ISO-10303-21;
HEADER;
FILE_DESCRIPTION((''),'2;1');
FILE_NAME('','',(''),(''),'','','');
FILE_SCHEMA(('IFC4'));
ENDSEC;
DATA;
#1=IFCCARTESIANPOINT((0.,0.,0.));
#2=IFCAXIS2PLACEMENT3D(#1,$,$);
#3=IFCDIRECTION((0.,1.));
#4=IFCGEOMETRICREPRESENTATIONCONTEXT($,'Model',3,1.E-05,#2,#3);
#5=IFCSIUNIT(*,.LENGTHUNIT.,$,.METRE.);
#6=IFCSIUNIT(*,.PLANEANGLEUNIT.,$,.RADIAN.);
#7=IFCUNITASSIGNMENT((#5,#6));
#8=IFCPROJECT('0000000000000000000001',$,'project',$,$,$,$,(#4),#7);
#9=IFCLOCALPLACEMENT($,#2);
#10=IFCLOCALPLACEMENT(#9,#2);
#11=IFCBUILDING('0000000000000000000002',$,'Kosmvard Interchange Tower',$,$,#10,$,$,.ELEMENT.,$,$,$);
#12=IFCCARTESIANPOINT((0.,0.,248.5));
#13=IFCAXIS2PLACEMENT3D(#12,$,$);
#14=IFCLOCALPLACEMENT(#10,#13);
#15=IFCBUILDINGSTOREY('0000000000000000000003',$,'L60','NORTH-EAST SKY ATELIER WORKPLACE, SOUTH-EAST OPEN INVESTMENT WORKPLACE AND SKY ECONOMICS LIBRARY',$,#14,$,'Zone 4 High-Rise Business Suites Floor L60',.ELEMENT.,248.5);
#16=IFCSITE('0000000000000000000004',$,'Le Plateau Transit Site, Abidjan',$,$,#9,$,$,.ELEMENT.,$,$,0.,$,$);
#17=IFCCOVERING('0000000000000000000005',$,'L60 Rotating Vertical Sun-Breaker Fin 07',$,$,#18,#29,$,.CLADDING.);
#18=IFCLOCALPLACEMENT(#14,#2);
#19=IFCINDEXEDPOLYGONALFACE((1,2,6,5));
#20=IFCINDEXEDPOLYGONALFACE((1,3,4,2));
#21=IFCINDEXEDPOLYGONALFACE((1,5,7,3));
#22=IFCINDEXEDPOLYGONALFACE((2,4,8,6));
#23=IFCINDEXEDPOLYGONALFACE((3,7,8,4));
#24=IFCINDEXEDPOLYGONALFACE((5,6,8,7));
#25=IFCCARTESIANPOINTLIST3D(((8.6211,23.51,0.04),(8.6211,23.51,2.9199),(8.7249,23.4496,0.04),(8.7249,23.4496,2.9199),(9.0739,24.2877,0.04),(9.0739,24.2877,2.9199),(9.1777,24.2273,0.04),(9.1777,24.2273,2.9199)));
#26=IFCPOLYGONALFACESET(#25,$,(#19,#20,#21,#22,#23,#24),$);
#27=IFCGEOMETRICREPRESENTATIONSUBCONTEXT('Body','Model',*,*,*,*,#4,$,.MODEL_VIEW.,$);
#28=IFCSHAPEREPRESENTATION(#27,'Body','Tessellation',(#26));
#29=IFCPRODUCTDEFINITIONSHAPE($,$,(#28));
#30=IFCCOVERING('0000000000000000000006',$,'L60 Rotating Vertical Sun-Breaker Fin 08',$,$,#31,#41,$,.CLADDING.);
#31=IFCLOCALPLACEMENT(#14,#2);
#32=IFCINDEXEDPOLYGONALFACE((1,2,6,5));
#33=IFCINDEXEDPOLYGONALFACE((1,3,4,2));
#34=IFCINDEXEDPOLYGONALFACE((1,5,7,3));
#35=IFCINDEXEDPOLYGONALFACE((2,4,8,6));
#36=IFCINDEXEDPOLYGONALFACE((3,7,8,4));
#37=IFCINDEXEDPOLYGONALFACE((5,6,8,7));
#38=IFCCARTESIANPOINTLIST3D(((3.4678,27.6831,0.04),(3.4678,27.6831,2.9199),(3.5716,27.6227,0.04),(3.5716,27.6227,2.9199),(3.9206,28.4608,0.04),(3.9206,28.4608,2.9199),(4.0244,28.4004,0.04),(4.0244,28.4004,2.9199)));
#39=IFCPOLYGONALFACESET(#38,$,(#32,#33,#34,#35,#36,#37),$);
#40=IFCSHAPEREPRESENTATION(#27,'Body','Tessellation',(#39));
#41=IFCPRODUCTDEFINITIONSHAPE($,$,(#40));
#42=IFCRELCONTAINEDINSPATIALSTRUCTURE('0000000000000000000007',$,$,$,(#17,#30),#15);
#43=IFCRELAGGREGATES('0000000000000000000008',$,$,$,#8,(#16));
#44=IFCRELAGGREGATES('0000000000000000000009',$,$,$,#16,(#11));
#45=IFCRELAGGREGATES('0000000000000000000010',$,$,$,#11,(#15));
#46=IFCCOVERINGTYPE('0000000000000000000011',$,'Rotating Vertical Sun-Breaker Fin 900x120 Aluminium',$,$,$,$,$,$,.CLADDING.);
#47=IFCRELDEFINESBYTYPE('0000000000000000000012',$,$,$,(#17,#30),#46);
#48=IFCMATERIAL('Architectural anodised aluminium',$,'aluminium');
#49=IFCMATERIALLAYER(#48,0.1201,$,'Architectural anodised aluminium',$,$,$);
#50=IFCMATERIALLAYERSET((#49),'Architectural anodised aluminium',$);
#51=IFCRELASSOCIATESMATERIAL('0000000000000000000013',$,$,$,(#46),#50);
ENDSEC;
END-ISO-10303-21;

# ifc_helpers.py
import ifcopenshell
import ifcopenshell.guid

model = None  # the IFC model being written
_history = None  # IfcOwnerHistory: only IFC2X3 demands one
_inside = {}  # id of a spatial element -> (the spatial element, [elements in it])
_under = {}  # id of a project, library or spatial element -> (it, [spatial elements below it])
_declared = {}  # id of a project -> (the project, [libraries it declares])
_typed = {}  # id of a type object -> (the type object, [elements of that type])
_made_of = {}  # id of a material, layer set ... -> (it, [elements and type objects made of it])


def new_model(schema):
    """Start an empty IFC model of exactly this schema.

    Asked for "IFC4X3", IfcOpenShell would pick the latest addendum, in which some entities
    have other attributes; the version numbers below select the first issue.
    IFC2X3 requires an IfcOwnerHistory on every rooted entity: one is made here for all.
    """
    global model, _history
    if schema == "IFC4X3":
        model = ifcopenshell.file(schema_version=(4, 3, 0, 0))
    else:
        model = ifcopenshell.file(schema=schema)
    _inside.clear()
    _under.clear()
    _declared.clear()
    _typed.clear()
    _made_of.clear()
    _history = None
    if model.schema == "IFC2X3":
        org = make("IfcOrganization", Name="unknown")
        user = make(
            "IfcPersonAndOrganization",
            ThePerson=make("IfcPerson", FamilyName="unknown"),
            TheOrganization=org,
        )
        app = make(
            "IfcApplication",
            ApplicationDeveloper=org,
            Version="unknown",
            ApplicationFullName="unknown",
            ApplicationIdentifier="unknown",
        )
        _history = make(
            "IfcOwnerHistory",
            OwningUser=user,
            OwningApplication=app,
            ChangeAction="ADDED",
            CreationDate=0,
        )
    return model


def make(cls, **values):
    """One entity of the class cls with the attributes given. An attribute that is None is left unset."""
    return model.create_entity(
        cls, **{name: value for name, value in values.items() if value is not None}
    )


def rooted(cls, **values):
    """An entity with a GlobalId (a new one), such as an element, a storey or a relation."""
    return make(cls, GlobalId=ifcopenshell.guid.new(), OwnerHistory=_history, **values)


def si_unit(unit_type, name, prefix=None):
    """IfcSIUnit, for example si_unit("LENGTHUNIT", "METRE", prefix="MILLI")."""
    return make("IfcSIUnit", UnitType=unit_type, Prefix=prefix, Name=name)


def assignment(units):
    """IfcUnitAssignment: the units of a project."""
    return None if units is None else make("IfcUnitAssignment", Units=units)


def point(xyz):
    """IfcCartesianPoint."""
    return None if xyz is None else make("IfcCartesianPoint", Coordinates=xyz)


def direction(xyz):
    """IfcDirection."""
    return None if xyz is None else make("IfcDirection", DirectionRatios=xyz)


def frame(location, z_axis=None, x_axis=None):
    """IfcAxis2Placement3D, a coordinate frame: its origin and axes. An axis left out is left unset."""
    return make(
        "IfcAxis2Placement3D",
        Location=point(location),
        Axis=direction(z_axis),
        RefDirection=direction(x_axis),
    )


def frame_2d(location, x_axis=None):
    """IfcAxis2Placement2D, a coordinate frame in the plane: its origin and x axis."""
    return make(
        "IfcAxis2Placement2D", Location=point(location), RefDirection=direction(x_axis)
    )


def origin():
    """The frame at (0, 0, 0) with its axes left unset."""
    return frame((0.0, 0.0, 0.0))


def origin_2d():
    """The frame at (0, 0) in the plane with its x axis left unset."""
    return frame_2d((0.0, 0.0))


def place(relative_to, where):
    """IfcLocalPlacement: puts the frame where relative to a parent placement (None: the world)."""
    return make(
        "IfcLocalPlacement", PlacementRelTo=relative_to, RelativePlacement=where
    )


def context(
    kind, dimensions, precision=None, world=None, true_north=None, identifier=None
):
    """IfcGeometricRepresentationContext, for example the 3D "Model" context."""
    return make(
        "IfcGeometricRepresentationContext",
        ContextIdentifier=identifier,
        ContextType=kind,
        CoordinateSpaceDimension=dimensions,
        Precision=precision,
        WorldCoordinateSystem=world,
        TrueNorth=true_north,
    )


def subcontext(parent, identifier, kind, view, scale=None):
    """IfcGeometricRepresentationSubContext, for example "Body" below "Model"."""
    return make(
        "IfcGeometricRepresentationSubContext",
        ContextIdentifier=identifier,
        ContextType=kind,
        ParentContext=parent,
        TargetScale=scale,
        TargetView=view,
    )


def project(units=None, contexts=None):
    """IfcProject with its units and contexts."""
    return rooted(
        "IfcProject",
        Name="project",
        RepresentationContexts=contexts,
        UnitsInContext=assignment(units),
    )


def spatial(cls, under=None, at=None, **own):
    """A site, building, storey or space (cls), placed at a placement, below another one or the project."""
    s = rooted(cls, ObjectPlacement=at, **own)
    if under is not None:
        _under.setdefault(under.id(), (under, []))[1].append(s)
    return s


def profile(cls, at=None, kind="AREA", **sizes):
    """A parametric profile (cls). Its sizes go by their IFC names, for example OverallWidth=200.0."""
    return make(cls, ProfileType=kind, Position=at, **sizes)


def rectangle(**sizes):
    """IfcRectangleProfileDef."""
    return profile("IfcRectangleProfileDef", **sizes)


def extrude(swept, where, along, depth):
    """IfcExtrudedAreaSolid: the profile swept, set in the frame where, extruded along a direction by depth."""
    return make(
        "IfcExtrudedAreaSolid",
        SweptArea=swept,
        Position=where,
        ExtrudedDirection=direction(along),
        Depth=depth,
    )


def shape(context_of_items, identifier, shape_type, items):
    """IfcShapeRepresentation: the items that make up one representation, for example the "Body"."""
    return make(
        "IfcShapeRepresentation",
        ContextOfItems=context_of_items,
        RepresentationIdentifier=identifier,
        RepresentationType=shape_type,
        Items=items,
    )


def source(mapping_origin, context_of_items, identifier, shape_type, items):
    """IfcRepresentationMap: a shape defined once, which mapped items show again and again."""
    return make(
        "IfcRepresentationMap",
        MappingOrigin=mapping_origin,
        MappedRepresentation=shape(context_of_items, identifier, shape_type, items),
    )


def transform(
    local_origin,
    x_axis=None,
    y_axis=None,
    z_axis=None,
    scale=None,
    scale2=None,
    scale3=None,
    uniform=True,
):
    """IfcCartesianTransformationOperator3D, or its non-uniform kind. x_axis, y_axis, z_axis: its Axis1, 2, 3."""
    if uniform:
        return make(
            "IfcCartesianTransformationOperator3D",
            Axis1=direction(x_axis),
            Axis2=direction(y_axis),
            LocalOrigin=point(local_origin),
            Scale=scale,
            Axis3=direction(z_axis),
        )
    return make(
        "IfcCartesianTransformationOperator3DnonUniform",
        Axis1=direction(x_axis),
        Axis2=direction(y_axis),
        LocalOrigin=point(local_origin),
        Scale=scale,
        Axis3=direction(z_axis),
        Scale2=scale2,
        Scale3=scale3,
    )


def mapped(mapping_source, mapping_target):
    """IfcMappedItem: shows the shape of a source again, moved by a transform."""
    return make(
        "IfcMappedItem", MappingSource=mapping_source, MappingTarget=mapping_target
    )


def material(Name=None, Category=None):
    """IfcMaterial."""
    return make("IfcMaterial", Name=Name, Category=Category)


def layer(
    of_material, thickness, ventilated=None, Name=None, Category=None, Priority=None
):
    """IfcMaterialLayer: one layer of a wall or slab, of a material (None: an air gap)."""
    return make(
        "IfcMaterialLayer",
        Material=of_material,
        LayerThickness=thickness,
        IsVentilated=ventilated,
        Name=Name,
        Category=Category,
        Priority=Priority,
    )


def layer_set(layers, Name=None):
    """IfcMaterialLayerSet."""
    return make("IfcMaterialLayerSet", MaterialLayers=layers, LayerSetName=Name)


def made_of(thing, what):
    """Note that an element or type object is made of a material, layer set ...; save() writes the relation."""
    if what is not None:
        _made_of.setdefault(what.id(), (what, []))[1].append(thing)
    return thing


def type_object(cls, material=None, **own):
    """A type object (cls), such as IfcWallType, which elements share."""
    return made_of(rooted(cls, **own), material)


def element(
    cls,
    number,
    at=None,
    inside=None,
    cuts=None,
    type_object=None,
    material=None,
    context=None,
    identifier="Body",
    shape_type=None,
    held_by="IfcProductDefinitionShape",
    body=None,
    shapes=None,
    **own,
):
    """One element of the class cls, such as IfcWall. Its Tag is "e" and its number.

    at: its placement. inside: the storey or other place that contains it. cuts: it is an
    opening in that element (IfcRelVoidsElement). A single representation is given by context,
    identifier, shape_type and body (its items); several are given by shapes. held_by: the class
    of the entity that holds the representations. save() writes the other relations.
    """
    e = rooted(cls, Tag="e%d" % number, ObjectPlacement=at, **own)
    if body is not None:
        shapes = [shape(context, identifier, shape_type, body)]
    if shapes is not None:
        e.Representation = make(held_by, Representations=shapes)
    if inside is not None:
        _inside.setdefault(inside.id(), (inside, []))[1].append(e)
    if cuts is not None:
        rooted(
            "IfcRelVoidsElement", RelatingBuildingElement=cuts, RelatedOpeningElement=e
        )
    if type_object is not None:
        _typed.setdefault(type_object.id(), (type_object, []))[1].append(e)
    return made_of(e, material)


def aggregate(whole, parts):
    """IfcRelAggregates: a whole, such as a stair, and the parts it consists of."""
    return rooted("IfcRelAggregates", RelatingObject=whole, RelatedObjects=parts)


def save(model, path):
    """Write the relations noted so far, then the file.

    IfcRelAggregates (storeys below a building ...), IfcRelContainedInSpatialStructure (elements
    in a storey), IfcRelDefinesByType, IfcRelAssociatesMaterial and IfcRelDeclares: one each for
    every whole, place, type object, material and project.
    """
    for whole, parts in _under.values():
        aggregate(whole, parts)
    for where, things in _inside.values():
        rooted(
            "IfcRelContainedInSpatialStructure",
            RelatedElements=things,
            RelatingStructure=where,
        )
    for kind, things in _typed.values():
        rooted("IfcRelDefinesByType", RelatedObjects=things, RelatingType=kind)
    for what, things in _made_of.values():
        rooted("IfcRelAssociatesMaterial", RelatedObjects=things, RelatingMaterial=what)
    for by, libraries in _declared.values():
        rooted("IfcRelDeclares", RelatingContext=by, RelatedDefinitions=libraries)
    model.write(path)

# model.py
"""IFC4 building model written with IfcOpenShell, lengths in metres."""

from ifc_helpers import new_model, si_unit, direction, frame, origin, origin_2d, place, context, subcontext, project, spatial, rectangle, extrude, source, transform, mapped, material, layer, layer_set, type_object, element, save


model = new_model("IFC4")

# Units and contexts
model_context = context("Model", 3, precision=1e-05, world=origin(), true_north=direction((0.0, 1.0)))
body_context = subcontext(model_context, "Body", "Model", "MODEL_VIEW")
ifc_project = project(units=[si_unit("LENGTHUNIT", "METRE"), si_unit("PLANEANGLEUNIT", "RADIAN")], contexts=[model_context])

# Site, building, storey
site_placement = place(None, origin())
site = spatial("IfcSite", under=ifc_project, at=site_placement, Name="Le Plateau Transit Site, Abidjan", CompositionType="ELEMENT", RefElevation=0.0)
building_placement = place(site_placement, origin())
building = spatial("IfcBuilding", under=site, at=building_placement, Name="Kosmvard Interchange Tower", CompositionType="ELEMENT")
storey_placement = place(building_placement, frame((0.0, 0.0, 248.5)))
storey = spatial("IfcBuildingStorey", under=building, at=storey_placement, Name="L60", Description="NORTH-EAST SKY ATELIER WORKPLACE, SOUTH-EAST OPEN INVESTMENT WORKPLACE AND SKY ECONOMICS LIBRARY", LongName="Zone 4 High-Rise Business Suites Floor L60", CompositionType="ELEMENT", Elevation=248.5)

# Coverings
ifc_material_1 = material(Name="Architectural anodised aluminium", Category="aluminium")
ifc_layer_1 = layer(ifc_material_1, 0.1201, Name="Architectural anodised aluminium")
ifc_layer_set_1 = layer_set([ifc_layer_1], Name="Architectural anodised aluminium")
covering_type = type_object("IfcCoveringType", Name="Rotating Vertical Sun-Breaker Fin 900x120 Aluminium", PredefinedType="CLADDING", material=ifc_layer_set_1)
shared_shape_1 = source(origin(), body_context, "Body", "SweptSolid", [
    extrude(rectangle(XDim=0.8999, YDim=0.1201, at=origin_2d()), origin(), (0.0, 0.0, 1.0), 2.8799),
])
for number, where, z_axis, x_axis, name in (
    (1, (8.8994, 23.8687, 0.04), (0.0, 0.0, 1.0), (0.503171, 0.864187, 0.0), "L60 Rotating Vertical Sun-Breaker Fin 07"),
    (2, (3.7461, 28.0417, 0.04), (0.0, 0.0, 1.0), (0.503171, 0.864187, 0.0), "L60 Rotating Vertical Sun-Breaker Fin 08"),
):
    element("IfcCovering", number, at=place(storey_placement, frame(where, z_axis=z_axis, x_axis=x_axis)), inside=storey, type_object=covering_type, Name=name, PredefinedType="CLADDING", context=body_context, shape_type="MappedRepresentation", body=[
        mapped(shared_shape_1, transform((0.0, 0.0, 0.0), scale=1.0)),
    ])

save(model, "model.ifc")
